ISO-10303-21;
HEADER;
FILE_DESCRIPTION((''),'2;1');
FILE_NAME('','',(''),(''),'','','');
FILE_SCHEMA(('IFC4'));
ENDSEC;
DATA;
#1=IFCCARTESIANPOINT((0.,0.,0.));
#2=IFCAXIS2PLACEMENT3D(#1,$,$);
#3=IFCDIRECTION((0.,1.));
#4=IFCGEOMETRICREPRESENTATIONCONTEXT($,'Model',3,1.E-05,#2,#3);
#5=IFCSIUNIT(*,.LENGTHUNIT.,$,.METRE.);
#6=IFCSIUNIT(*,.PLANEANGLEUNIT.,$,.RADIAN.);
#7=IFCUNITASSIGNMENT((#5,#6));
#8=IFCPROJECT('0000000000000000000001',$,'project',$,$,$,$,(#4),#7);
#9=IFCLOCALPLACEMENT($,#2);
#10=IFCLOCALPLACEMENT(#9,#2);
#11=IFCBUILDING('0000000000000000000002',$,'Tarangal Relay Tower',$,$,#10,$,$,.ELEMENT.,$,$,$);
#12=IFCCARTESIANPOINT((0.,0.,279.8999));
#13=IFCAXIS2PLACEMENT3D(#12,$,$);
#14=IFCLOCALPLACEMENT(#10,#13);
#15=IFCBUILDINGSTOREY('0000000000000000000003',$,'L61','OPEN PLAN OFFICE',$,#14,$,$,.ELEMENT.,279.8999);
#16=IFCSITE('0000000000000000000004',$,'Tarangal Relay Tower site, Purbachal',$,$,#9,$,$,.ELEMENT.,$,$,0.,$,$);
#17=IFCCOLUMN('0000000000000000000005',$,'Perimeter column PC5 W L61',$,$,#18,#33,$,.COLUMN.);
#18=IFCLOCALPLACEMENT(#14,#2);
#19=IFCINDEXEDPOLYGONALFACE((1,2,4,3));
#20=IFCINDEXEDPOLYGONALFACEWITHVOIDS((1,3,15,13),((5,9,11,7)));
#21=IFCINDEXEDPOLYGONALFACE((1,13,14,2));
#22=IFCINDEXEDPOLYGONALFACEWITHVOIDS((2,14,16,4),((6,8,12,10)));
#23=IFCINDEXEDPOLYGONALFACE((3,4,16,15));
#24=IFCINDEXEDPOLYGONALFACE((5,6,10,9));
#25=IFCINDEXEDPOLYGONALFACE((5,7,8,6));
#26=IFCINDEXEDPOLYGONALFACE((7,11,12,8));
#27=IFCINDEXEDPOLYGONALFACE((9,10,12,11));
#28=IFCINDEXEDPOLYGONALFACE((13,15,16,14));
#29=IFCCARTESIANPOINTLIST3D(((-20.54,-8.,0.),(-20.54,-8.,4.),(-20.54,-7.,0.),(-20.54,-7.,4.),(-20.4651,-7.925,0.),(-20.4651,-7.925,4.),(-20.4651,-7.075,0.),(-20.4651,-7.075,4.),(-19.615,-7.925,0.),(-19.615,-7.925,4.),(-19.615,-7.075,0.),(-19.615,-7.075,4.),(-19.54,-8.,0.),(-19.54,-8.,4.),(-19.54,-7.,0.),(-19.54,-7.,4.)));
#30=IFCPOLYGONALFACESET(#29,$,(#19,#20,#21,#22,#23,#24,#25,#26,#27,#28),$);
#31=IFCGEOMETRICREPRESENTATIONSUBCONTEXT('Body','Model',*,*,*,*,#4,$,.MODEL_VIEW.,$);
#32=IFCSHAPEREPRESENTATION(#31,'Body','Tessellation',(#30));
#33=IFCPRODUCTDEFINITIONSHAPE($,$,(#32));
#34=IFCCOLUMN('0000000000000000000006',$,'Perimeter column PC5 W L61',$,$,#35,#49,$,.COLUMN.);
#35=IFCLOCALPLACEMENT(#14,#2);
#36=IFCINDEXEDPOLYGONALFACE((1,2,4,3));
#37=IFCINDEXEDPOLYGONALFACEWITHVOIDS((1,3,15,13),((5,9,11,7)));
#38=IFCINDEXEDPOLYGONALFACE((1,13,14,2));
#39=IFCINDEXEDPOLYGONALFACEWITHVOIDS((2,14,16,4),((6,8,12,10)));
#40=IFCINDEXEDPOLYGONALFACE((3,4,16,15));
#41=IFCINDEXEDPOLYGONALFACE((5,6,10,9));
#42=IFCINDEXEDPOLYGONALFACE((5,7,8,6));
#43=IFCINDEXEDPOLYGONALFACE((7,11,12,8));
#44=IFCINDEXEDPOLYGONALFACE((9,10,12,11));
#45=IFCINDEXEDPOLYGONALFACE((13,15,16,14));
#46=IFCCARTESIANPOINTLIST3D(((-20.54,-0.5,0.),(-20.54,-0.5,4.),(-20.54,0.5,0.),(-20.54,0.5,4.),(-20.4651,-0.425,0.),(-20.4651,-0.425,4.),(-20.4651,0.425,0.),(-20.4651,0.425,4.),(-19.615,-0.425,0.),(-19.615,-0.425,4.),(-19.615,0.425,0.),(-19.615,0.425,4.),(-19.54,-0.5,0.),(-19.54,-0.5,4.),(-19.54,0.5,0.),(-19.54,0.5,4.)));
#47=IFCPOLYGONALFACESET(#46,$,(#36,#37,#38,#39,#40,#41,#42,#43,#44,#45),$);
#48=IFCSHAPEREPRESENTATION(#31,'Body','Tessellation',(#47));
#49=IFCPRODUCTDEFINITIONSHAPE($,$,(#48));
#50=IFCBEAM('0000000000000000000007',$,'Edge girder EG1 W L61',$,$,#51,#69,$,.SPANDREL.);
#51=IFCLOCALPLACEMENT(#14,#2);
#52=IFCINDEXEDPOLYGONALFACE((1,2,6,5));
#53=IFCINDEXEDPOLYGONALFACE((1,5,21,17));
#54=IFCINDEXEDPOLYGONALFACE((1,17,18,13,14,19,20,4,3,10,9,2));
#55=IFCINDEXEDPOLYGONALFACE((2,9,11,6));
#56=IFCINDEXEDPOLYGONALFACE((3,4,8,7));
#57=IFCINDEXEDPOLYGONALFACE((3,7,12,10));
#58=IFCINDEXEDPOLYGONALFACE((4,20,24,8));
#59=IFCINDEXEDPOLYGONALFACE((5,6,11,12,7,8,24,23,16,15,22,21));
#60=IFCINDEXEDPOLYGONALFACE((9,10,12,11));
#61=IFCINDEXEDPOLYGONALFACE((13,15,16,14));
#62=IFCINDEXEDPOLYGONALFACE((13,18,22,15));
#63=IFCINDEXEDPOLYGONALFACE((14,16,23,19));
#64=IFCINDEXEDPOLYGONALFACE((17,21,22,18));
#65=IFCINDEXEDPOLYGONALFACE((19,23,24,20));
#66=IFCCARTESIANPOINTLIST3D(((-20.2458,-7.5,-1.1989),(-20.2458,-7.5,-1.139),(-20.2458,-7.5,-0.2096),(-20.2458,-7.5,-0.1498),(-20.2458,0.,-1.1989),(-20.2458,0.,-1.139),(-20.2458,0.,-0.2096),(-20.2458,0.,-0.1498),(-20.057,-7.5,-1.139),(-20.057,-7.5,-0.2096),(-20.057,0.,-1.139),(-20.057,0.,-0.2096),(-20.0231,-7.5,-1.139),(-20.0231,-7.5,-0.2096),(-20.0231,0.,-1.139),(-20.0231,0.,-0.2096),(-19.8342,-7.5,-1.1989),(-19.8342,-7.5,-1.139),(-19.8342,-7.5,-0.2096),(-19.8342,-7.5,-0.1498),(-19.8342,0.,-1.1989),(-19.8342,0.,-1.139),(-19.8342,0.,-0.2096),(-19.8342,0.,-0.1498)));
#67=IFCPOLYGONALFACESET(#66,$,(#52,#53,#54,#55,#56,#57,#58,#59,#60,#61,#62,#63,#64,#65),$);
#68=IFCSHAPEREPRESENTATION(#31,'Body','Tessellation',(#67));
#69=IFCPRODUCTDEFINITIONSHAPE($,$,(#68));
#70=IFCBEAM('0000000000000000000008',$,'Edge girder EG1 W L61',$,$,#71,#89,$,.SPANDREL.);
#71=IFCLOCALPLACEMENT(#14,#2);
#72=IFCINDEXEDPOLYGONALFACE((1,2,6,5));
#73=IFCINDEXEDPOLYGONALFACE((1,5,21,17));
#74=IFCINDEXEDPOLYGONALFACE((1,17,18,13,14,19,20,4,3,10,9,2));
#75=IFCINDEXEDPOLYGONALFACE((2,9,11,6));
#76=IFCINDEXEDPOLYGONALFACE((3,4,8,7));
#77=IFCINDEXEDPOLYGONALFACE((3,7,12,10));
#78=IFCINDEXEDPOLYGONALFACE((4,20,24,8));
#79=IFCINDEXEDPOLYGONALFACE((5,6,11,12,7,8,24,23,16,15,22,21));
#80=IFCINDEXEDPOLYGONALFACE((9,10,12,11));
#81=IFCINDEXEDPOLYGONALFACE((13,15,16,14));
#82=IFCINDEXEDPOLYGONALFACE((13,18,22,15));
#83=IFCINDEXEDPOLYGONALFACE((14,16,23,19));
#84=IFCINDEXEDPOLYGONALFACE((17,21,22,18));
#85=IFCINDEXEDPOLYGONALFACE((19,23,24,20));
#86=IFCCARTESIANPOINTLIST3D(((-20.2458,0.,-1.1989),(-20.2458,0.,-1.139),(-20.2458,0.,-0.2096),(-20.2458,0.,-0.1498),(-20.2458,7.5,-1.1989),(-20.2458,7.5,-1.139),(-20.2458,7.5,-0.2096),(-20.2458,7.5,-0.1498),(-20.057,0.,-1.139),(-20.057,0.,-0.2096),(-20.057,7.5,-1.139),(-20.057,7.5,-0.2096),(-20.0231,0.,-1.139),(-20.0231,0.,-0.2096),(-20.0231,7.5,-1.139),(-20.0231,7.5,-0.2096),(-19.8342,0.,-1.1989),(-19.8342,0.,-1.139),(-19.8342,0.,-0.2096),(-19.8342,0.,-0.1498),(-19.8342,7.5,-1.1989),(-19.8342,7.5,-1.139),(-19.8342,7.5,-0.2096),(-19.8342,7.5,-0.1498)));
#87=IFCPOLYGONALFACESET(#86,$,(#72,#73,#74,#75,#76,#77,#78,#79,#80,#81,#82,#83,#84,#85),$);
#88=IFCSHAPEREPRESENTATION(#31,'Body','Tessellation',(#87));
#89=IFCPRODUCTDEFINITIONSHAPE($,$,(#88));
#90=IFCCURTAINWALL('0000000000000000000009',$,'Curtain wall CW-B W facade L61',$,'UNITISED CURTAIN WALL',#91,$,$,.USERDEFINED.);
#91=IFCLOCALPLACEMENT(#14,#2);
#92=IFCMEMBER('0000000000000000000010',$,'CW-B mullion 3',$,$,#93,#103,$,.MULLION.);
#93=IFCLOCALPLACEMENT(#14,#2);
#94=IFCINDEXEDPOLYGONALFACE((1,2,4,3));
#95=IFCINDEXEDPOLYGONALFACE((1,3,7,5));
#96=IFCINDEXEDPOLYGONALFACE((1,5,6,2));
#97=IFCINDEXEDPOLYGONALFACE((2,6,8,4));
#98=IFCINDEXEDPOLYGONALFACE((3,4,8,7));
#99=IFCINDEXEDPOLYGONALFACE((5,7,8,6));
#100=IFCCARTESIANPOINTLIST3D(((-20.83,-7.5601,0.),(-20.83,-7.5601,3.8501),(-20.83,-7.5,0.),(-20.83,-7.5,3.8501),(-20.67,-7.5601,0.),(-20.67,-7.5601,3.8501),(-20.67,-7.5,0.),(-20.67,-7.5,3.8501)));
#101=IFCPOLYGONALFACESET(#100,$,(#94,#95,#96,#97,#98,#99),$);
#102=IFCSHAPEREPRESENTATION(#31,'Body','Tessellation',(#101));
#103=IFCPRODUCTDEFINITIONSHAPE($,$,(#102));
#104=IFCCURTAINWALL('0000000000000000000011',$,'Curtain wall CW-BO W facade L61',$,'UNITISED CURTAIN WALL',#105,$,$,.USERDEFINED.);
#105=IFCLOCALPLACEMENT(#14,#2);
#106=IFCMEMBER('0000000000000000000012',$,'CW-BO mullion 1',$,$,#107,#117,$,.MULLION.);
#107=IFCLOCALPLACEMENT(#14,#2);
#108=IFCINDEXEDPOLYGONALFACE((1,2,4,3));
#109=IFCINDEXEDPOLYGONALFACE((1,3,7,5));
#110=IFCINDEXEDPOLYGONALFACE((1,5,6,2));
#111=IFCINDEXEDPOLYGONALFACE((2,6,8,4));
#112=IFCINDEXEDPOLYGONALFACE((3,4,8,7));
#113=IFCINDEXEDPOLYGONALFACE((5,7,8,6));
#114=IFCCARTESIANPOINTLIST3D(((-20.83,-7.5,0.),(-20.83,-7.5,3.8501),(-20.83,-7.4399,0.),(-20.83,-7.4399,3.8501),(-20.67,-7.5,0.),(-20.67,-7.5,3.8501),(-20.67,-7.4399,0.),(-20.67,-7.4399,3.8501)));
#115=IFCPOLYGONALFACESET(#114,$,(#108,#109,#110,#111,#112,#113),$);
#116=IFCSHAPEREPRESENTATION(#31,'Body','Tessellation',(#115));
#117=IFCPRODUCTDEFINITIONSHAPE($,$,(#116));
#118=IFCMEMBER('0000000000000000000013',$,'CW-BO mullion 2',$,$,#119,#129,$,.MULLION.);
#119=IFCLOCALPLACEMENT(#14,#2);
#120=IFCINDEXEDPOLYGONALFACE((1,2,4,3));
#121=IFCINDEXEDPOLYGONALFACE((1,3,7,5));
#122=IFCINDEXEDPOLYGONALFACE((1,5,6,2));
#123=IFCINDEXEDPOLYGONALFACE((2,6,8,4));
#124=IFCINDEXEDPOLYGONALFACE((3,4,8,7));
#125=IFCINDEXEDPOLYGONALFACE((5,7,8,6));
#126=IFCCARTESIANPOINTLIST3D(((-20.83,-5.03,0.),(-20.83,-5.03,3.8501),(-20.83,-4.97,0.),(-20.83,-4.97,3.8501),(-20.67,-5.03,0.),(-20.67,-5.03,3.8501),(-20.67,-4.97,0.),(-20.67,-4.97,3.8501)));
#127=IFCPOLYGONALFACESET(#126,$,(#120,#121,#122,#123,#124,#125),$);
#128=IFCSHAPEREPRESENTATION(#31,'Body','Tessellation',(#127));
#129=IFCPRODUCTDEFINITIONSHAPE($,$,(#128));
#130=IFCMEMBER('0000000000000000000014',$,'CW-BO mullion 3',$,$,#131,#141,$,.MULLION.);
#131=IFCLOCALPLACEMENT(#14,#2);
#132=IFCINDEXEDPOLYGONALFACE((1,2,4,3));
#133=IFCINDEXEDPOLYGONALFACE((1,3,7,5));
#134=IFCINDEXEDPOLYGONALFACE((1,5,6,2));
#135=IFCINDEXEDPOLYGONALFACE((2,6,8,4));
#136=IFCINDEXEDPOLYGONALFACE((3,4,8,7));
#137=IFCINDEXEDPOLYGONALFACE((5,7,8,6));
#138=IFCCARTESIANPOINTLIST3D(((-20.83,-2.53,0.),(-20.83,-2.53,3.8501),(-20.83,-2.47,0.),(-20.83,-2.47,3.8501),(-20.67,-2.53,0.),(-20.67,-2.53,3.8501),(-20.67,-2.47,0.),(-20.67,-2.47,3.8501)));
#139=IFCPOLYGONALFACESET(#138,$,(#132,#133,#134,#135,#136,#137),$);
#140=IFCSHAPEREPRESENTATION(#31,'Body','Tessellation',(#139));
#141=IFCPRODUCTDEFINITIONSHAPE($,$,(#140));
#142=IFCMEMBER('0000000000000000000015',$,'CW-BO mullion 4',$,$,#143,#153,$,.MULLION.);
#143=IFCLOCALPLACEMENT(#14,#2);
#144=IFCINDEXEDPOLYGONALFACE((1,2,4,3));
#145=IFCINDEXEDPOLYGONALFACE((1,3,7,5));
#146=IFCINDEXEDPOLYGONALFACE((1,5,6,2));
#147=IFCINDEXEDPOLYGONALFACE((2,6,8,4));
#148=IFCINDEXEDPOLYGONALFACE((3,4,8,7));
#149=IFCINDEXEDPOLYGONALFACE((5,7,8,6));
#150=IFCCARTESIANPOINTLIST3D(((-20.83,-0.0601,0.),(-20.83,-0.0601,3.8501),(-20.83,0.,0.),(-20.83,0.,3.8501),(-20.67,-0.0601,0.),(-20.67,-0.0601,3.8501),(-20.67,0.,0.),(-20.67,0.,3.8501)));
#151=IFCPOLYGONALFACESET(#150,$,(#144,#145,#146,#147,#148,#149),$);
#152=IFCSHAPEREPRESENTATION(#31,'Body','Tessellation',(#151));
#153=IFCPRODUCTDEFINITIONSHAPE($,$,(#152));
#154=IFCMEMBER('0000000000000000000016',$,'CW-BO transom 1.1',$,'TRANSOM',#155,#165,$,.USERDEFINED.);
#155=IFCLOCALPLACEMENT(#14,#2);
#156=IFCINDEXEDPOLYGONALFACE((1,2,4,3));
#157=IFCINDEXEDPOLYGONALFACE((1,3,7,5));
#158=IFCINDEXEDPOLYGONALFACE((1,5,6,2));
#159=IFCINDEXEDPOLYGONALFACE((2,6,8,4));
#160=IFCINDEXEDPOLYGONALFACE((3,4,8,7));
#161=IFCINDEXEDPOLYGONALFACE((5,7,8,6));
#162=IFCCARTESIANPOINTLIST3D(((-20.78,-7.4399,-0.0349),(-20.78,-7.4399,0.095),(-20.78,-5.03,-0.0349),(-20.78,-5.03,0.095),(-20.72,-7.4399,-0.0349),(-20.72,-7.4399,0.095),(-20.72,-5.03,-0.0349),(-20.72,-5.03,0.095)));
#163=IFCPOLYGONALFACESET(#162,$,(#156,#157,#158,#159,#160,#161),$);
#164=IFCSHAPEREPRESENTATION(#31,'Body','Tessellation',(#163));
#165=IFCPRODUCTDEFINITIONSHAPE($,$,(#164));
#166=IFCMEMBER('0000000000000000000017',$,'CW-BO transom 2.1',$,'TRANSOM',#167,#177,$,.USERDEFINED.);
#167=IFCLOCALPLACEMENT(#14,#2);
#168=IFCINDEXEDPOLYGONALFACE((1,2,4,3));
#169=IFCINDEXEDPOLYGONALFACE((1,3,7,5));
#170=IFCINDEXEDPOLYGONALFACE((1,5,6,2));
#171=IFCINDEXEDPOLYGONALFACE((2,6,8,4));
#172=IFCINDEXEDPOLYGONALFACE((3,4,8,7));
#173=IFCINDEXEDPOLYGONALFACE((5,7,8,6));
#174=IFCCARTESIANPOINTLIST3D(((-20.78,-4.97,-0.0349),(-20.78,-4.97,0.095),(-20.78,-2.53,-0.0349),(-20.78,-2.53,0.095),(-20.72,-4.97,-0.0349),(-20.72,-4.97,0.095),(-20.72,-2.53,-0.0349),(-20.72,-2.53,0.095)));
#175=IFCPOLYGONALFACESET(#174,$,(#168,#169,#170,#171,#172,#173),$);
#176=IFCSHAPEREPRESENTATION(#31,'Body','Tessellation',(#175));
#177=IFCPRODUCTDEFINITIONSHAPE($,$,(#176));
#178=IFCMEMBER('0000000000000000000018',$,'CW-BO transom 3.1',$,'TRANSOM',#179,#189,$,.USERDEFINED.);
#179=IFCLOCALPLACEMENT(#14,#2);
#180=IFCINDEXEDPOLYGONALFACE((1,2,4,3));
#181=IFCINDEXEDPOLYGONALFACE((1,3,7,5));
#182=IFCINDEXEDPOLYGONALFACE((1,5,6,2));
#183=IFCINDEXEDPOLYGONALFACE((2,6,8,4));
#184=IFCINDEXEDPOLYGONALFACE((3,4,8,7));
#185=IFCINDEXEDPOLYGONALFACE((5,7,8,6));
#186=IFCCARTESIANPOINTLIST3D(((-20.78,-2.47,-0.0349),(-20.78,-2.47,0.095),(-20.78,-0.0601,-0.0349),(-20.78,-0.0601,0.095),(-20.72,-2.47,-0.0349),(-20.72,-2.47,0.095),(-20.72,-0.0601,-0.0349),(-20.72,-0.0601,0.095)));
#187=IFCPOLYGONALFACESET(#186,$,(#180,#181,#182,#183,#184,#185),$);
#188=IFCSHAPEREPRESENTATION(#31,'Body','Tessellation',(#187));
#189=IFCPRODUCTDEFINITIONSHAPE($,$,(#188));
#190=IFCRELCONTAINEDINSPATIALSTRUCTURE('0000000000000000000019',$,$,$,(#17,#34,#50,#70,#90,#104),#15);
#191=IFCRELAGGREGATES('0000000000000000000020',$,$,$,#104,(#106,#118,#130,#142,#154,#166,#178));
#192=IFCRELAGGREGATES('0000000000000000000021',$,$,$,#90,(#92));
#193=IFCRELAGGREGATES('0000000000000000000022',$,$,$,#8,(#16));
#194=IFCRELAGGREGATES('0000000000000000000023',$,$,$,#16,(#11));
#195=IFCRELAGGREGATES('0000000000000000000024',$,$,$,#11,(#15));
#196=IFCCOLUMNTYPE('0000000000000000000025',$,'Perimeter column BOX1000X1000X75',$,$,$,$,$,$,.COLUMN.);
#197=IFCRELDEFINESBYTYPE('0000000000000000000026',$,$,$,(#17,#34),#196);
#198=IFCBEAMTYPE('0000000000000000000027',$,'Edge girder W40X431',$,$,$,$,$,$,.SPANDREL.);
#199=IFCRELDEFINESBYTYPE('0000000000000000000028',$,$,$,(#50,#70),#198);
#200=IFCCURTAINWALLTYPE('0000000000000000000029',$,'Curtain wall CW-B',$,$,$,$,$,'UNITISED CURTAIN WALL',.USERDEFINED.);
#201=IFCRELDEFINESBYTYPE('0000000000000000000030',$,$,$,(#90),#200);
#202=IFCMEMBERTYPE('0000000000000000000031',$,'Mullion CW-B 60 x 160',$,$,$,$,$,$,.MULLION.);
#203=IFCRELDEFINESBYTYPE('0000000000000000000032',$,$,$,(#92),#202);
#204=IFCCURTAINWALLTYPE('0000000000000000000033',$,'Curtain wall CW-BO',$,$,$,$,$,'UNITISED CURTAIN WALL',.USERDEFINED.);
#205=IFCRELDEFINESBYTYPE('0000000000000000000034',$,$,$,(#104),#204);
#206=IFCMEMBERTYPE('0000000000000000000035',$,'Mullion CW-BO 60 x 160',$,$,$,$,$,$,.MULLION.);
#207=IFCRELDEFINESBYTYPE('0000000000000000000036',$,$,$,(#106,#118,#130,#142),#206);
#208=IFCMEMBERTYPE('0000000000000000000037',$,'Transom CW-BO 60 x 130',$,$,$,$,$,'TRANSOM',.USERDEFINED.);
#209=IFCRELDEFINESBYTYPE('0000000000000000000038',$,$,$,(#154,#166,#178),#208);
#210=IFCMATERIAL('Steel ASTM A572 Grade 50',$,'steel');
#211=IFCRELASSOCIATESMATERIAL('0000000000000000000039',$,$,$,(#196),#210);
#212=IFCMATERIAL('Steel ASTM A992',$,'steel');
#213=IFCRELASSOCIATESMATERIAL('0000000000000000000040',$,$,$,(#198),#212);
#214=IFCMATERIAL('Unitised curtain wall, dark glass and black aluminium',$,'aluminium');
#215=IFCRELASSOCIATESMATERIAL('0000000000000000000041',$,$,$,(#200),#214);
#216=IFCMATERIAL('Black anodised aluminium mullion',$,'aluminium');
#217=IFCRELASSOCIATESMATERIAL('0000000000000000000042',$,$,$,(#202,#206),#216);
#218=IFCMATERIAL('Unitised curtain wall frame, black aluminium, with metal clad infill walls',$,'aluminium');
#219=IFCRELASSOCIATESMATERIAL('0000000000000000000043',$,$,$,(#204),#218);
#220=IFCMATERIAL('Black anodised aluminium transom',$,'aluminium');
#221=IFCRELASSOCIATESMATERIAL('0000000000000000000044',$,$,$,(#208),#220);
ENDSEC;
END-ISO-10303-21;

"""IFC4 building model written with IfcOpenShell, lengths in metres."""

from ifc_helpers import new_model, si_unit, direction, frame, origin, origin_2d, place, context, subcontext, project, spatial, rectangle, hollow_rectangle, i_section, extrude, material, material_profile, profile_set, type_object, element, aggregate, save


model = new_model("IFC4")

# Units and contexts
model_context = context("Model", 3, precision=1e-05, world=origin(), true_north=direction((0.0, 1.0)))
body_context = subcontext(model_context, "Body", "Model", "MODEL_VIEW")
ifc_project = project(units=[si_unit("LENGTHUNIT", "METRE"), si_unit("PLANEANGLEUNIT", "RADIAN")], contexts=[model_context])

# Site, building, storey
site_placement = place(None, origin())
site = spatial("IfcSite", under=ifc_project, at=site_placement, Name="Tarangal Relay Tower site, Purbachal", CompositionType="ELEMENT", RefElevation=0.0)
building_placement = place(site_placement, origin())
building = spatial("IfcBuilding", under=site, at=building_placement, Name="Tarangal Relay Tower", CompositionType="ELEMENT")
storey_placement = place(building_placement, frame((0.0, 0.0, 279.8999)))
storey = spatial("IfcBuildingStorey", under=building, at=storey_placement, Name="L61", Description="OPEN PLAN OFFICE", CompositionType="ELEMENT", Elevation=279.8999)

# Columns
ifc_material_1 = material(Name="Steel ASTM A572 Grade 50", Category="steel")
ifc_material_profile_1 = material_profile(ifc_material_1, hollow_rectangle(XDim=1.0, YDim=1.0, WallThickness=0.075, at=origin_2d()), Name="BOX1000X1000X75")
ifc_profile_set_1 = profile_set([ifc_material_profile_1], Name="Steel ASTM A572 Grade 50")
column_type = type_object("IfcColumnType", Name="Perimeter column BOX1000X1000X75", PredefinedType="COLUMN", material=ifc_profile_set_1)
for number, where, z_axis, x_axis, name in (
    (1, (-20.04, -7.5, 0.0), (0.0, 0.0, 1.0), (1.0, 0.0, 0.0), "Perimeter column PC5 W L61"),
    (2, (-20.04, 0.0, 0.0), (0.0, 0.0, 1.0), (1.0, 0.0, 0.0), "Perimeter column PC5 W L61"),
):
    element("IfcColumn", number, at=place(storey_placement, frame(where, z_axis=z_axis, x_axis=x_axis)), inside=storey, type_object=column_type, Name=name, PredefinedType="COLUMN", context=body_context, shape_type="SweptSolid", body=[
        extrude(hollow_rectangle(XDim=1.0, YDim=1.0, WallThickness=0.075, at=origin_2d()), origin(), (0.0, 0.0, 1.0), 4.0),
    ])

# Beams
ifc_material_2 = material(Name="Steel ASTM A992", Category="steel")
ifc_material_profile_2 = material_profile(ifc_material_2, i_section(OverallWidth=0.4116, OverallDepth=1.0491, WebThickness=0.0339, FlangeThickness=0.0598, at=origin_2d()), Name="W40X431")
ifc_profile_set_2 = profile_set([ifc_material_profile_2], Name="Steel ASTM A992")
beam_type = type_object("IfcBeamType", Name="Edge girder W40X431", PredefinedType="SPANDREL", material=ifc_profile_set_2)
for number, where, z_axis, x_axis, name in (
    (3, (-20.04, -7.5, -0.6743), (0.0, 1.0, 0.0), (-1.0, 0.0, 0.0), "Edge girder EG1 W L61"),
    (4, (-20.04, 0.0, -0.6743), (0.0, 1.0, 0.0), (-1.0, 0.0, 0.0), "Edge girder EG1 W L61"),
):
    element("IfcBeam", number, at=place(storey_placement, frame(where, z_axis=z_axis, x_axis=x_axis)), inside=storey, type_object=beam_type, Name=name, PredefinedType="SPANDREL", context=body_context, shape_type="SweptSolid", body=[
        extrude(i_section(OverallWidth=0.4116, OverallDepth=1.0491, WebThickness=0.0339, FlangeThickness=0.0598, at=origin_2d()), origin(), (0.0, 0.0, 1.0), 7.5),
    ])

# Curtain wall, member
ifc_material_3 = material(Name="Unitised curtain wall, dark glass and black aluminium", Category="aluminium")
curtain_wall_type_1 = type_object("IfcCurtainWallType", Name="Curtain wall CW-B", ElementType="UNITISED CURTAIN WALL", PredefinedType="USERDEFINED", material=ifc_material_3)
curtain_wall_1_placement = place(storey_placement, origin())
curtain_wall_1 = element("IfcCurtainWall", 5, at=curtain_wall_1_placement, inside=storey, type_object=curtain_wall_type_1, Name="Curtain wall CW-B W facade L61", ObjectType="UNITISED CURTAIN WALL", PredefinedType="USERDEFINED")
ifc_material_4 = material(Name="Black anodised aluminium mullion", Category="aluminium")
ifc_material_profile_3 = material_profile(ifc_material_4, rectangle(XDim=0.1599, YDim=0.0601, at=origin_2d()), Name="CW-BM 60X160")
ifc_profile_set_3 = profile_set([ifc_material_profile_3], Name="Black anodised aluminium mullion")
member_type_1 = type_object("IfcMemberType", Name="Mullion CW-B 60 x 160", PredefinedType="MULLION", material=ifc_profile_set_3)
member_1_placement = place(storey_placement, frame((-20.75, -7.53, 0.0), z_axis=(0.0, 0.0, 1.0), x_axis=(-1.0, 0.0, 0.0)))
member_1 = element("IfcMember", 6, at=member_1_placement, type_object=member_type_1, Name="CW-B mullion 3", PredefinedType="MULLION", context=body_context, shape_type="SweptSolid", body=[
    extrude(rectangle(XDim=0.1599, YDim=0.0601, at=origin_2d()), origin(), (0.0, 0.0, 1.0), 3.8501),
])

# Curtain wall, members
ifc_material_5 = material(Name="Unitised curtain wall frame, black aluminium, with metal clad infill walls", Category="aluminium")
curtain_wall_type_2 = type_object("IfcCurtainWallType", Name="Curtain wall CW-BO", ElementType="UNITISED CURTAIN WALL", PredefinedType="USERDEFINED", material=ifc_material_5)
curtain_wall_2_placement = place(storey_placement, origin())
curtain_wall_2 = element("IfcCurtainWall", 7, at=curtain_wall_2_placement, inside=storey, type_object=curtain_wall_type_2, Name="Curtain wall CW-BO W facade L61", ObjectType="UNITISED CURTAIN WALL", PredefinedType="USERDEFINED")
ifc_material_profile_4 = material_profile(ifc_material_4, rectangle(XDim=0.1599, YDim=0.0601, at=origin_2d()), Name="CW-BOM 60X160")
ifc_profile_set_4 = profile_set([ifc_material_profile_4], Name="Black anodised aluminium mullion")
member_type_2 = type_object("IfcMemberType", Name="Mullion CW-BO 60 x 160", PredefinedType="MULLION", material=ifc_profile_set_4)
member_2_placement = place(storey_placement, frame((-20.75, -7.47, 0.0), z_axis=(0.0, 0.0, 1.0), x_axis=(-1.0, 0.0, 0.0)))
member_2 = element("IfcMember", 8, at=member_2_placement, type_object=member_type_2, Name="CW-BO mullion 1", PredefinedType="MULLION", context=body_context, shape_type="SweptSolid", body=[
    extrude(rectangle(XDim=0.1599, YDim=0.0601, at=origin_2d()), origin(), (0.0, 0.0, 1.0), 3.8501),
])
member_3_placement = place(storey_placement, frame((-20.75, -5.0, 0.0), z_axis=(0.0, 0.0, 1.0), x_axis=(-1.0, 0.0, 0.0)))
member_3 = element("IfcMember", 9, at=member_3_placement, type_object=member_type_2, Name="CW-BO mullion 2", PredefinedType="MULLION", context=body_context, shape_type="SweptSolid", body=[
    extrude(rectangle(XDim=0.1599, YDim=0.0601, at=origin_2d()), origin(), (0.0, 0.0, 1.0), 3.8501),
])
member_4_placement = place(storey_placement, frame((-20.75, -2.5, 0.0), z_axis=(0.0, 0.0, 1.0), x_axis=(-1.0, 0.0, 0.0)))
member_4 = element("IfcMember", 10, at=member_4_placement, type_object=member_type_2, Name="CW-BO mullion 3", PredefinedType="MULLION", context=body_context, shape_type="SweptSolid", body=[
    extrude(rectangle(XDim=0.1599, YDim=0.0601, at=origin_2d()), origin(), (0.0, 0.0, 1.0), 3.8501),
])
member_5_placement = place(storey_placement, frame((-20.75, -0.03, 0.0), z_axis=(0.0, 0.0, 1.0), x_axis=(-1.0, 0.0, 0.0)))
member_5 = element("IfcMember", 11, at=member_5_placement, type_object=member_type_2, Name="CW-BO mullion 4", PredefinedType="MULLION", context=body_context, shape_type="SweptSolid", body=[
    extrude(rectangle(XDim=0.1599, YDim=0.0601, at=origin_2d()), origin(), (0.0, 0.0, 1.0), 3.8501),
])
ifc_material_6 = material(Name="Black anodised aluminium transom", Category="aluminium")
ifc_material_profile_5 = material_profile(ifc_material_6, rectangle(XDim=0.0601, YDim=0.1299, at=origin_2d()), Name="CW-BOT 60X130")
ifc_profile_set_5 = profile_set([ifc_material_profile_5], Name="Black anodised aluminium transom")
member_type_3 = type_object("IfcMemberType", Name="Transom CW-BO 60 x 130", ElementType="TRANSOM", PredefinedType="USERDEFINED", material=ifc_profile_set_5)
member_6_placement = place(storey_placement, frame((-20.75, -7.4399, 0.03), z_axis=(0.0, 1.0, 0.0), x_axis=(-1.0, 0.0, 0.0)))
member_6 = element("IfcMember", 12, at=member_6_placement, type_object=member_type_3, Name="CW-BO transom 1.1", ObjectType="TRANSOM", PredefinedType="USERDEFINED", context=body_context, shape_type="SweptSolid", body=[
    extrude(rectangle(XDim=0.0601, YDim=0.1299, at=origin_2d()), origin(), (0.0, 0.0, 1.0), 2.4099),
])
member_7_placement = place(storey_placement, frame((-20.75, -4.97, 0.03), z_axis=(0.0, 1.0, 0.0), x_axis=(-1.0, 0.0, 0.0)))
member_7 = element("IfcMember", 13, at=member_7_placement, type_object=member_type_3, Name="CW-BO transom 2.1", ObjectType="TRANSOM", PredefinedType="USERDEFINED", context=body_context, shape_type="SweptSolid", body=[
    extrude(rectangle(XDim=0.0601, YDim=0.1299, at=origin_2d()), origin(), (0.0, 0.0, 1.0), 2.4399),
])
member_8_placement = place(storey_placement, frame((-20.75, -2.47, 0.03), z_axis=(0.0, 1.0, 0.0), x_axis=(-1.0, 0.0, 0.0)))
member_8 = element("IfcMember", 14, at=member_8_placement, type_object=member_type_3, Name="CW-BO transom 3.1", ObjectType="TRANSOM", PredefinedType="USERDEFINED", context=body_context, shape_type="SweptSolid", body=[
    extrude(rectangle(XDim=0.0601, YDim=0.1299, at=origin_2d()), origin(), (0.0, 0.0, 1.0), 2.4099),
])
aggregate(curtain_wall_2, [member_2, member_3, member_4, member_5, member_6, member_7, member_8])

aggregate(curtain_wall_1, [member_1])

save(model, "model.ifc")
